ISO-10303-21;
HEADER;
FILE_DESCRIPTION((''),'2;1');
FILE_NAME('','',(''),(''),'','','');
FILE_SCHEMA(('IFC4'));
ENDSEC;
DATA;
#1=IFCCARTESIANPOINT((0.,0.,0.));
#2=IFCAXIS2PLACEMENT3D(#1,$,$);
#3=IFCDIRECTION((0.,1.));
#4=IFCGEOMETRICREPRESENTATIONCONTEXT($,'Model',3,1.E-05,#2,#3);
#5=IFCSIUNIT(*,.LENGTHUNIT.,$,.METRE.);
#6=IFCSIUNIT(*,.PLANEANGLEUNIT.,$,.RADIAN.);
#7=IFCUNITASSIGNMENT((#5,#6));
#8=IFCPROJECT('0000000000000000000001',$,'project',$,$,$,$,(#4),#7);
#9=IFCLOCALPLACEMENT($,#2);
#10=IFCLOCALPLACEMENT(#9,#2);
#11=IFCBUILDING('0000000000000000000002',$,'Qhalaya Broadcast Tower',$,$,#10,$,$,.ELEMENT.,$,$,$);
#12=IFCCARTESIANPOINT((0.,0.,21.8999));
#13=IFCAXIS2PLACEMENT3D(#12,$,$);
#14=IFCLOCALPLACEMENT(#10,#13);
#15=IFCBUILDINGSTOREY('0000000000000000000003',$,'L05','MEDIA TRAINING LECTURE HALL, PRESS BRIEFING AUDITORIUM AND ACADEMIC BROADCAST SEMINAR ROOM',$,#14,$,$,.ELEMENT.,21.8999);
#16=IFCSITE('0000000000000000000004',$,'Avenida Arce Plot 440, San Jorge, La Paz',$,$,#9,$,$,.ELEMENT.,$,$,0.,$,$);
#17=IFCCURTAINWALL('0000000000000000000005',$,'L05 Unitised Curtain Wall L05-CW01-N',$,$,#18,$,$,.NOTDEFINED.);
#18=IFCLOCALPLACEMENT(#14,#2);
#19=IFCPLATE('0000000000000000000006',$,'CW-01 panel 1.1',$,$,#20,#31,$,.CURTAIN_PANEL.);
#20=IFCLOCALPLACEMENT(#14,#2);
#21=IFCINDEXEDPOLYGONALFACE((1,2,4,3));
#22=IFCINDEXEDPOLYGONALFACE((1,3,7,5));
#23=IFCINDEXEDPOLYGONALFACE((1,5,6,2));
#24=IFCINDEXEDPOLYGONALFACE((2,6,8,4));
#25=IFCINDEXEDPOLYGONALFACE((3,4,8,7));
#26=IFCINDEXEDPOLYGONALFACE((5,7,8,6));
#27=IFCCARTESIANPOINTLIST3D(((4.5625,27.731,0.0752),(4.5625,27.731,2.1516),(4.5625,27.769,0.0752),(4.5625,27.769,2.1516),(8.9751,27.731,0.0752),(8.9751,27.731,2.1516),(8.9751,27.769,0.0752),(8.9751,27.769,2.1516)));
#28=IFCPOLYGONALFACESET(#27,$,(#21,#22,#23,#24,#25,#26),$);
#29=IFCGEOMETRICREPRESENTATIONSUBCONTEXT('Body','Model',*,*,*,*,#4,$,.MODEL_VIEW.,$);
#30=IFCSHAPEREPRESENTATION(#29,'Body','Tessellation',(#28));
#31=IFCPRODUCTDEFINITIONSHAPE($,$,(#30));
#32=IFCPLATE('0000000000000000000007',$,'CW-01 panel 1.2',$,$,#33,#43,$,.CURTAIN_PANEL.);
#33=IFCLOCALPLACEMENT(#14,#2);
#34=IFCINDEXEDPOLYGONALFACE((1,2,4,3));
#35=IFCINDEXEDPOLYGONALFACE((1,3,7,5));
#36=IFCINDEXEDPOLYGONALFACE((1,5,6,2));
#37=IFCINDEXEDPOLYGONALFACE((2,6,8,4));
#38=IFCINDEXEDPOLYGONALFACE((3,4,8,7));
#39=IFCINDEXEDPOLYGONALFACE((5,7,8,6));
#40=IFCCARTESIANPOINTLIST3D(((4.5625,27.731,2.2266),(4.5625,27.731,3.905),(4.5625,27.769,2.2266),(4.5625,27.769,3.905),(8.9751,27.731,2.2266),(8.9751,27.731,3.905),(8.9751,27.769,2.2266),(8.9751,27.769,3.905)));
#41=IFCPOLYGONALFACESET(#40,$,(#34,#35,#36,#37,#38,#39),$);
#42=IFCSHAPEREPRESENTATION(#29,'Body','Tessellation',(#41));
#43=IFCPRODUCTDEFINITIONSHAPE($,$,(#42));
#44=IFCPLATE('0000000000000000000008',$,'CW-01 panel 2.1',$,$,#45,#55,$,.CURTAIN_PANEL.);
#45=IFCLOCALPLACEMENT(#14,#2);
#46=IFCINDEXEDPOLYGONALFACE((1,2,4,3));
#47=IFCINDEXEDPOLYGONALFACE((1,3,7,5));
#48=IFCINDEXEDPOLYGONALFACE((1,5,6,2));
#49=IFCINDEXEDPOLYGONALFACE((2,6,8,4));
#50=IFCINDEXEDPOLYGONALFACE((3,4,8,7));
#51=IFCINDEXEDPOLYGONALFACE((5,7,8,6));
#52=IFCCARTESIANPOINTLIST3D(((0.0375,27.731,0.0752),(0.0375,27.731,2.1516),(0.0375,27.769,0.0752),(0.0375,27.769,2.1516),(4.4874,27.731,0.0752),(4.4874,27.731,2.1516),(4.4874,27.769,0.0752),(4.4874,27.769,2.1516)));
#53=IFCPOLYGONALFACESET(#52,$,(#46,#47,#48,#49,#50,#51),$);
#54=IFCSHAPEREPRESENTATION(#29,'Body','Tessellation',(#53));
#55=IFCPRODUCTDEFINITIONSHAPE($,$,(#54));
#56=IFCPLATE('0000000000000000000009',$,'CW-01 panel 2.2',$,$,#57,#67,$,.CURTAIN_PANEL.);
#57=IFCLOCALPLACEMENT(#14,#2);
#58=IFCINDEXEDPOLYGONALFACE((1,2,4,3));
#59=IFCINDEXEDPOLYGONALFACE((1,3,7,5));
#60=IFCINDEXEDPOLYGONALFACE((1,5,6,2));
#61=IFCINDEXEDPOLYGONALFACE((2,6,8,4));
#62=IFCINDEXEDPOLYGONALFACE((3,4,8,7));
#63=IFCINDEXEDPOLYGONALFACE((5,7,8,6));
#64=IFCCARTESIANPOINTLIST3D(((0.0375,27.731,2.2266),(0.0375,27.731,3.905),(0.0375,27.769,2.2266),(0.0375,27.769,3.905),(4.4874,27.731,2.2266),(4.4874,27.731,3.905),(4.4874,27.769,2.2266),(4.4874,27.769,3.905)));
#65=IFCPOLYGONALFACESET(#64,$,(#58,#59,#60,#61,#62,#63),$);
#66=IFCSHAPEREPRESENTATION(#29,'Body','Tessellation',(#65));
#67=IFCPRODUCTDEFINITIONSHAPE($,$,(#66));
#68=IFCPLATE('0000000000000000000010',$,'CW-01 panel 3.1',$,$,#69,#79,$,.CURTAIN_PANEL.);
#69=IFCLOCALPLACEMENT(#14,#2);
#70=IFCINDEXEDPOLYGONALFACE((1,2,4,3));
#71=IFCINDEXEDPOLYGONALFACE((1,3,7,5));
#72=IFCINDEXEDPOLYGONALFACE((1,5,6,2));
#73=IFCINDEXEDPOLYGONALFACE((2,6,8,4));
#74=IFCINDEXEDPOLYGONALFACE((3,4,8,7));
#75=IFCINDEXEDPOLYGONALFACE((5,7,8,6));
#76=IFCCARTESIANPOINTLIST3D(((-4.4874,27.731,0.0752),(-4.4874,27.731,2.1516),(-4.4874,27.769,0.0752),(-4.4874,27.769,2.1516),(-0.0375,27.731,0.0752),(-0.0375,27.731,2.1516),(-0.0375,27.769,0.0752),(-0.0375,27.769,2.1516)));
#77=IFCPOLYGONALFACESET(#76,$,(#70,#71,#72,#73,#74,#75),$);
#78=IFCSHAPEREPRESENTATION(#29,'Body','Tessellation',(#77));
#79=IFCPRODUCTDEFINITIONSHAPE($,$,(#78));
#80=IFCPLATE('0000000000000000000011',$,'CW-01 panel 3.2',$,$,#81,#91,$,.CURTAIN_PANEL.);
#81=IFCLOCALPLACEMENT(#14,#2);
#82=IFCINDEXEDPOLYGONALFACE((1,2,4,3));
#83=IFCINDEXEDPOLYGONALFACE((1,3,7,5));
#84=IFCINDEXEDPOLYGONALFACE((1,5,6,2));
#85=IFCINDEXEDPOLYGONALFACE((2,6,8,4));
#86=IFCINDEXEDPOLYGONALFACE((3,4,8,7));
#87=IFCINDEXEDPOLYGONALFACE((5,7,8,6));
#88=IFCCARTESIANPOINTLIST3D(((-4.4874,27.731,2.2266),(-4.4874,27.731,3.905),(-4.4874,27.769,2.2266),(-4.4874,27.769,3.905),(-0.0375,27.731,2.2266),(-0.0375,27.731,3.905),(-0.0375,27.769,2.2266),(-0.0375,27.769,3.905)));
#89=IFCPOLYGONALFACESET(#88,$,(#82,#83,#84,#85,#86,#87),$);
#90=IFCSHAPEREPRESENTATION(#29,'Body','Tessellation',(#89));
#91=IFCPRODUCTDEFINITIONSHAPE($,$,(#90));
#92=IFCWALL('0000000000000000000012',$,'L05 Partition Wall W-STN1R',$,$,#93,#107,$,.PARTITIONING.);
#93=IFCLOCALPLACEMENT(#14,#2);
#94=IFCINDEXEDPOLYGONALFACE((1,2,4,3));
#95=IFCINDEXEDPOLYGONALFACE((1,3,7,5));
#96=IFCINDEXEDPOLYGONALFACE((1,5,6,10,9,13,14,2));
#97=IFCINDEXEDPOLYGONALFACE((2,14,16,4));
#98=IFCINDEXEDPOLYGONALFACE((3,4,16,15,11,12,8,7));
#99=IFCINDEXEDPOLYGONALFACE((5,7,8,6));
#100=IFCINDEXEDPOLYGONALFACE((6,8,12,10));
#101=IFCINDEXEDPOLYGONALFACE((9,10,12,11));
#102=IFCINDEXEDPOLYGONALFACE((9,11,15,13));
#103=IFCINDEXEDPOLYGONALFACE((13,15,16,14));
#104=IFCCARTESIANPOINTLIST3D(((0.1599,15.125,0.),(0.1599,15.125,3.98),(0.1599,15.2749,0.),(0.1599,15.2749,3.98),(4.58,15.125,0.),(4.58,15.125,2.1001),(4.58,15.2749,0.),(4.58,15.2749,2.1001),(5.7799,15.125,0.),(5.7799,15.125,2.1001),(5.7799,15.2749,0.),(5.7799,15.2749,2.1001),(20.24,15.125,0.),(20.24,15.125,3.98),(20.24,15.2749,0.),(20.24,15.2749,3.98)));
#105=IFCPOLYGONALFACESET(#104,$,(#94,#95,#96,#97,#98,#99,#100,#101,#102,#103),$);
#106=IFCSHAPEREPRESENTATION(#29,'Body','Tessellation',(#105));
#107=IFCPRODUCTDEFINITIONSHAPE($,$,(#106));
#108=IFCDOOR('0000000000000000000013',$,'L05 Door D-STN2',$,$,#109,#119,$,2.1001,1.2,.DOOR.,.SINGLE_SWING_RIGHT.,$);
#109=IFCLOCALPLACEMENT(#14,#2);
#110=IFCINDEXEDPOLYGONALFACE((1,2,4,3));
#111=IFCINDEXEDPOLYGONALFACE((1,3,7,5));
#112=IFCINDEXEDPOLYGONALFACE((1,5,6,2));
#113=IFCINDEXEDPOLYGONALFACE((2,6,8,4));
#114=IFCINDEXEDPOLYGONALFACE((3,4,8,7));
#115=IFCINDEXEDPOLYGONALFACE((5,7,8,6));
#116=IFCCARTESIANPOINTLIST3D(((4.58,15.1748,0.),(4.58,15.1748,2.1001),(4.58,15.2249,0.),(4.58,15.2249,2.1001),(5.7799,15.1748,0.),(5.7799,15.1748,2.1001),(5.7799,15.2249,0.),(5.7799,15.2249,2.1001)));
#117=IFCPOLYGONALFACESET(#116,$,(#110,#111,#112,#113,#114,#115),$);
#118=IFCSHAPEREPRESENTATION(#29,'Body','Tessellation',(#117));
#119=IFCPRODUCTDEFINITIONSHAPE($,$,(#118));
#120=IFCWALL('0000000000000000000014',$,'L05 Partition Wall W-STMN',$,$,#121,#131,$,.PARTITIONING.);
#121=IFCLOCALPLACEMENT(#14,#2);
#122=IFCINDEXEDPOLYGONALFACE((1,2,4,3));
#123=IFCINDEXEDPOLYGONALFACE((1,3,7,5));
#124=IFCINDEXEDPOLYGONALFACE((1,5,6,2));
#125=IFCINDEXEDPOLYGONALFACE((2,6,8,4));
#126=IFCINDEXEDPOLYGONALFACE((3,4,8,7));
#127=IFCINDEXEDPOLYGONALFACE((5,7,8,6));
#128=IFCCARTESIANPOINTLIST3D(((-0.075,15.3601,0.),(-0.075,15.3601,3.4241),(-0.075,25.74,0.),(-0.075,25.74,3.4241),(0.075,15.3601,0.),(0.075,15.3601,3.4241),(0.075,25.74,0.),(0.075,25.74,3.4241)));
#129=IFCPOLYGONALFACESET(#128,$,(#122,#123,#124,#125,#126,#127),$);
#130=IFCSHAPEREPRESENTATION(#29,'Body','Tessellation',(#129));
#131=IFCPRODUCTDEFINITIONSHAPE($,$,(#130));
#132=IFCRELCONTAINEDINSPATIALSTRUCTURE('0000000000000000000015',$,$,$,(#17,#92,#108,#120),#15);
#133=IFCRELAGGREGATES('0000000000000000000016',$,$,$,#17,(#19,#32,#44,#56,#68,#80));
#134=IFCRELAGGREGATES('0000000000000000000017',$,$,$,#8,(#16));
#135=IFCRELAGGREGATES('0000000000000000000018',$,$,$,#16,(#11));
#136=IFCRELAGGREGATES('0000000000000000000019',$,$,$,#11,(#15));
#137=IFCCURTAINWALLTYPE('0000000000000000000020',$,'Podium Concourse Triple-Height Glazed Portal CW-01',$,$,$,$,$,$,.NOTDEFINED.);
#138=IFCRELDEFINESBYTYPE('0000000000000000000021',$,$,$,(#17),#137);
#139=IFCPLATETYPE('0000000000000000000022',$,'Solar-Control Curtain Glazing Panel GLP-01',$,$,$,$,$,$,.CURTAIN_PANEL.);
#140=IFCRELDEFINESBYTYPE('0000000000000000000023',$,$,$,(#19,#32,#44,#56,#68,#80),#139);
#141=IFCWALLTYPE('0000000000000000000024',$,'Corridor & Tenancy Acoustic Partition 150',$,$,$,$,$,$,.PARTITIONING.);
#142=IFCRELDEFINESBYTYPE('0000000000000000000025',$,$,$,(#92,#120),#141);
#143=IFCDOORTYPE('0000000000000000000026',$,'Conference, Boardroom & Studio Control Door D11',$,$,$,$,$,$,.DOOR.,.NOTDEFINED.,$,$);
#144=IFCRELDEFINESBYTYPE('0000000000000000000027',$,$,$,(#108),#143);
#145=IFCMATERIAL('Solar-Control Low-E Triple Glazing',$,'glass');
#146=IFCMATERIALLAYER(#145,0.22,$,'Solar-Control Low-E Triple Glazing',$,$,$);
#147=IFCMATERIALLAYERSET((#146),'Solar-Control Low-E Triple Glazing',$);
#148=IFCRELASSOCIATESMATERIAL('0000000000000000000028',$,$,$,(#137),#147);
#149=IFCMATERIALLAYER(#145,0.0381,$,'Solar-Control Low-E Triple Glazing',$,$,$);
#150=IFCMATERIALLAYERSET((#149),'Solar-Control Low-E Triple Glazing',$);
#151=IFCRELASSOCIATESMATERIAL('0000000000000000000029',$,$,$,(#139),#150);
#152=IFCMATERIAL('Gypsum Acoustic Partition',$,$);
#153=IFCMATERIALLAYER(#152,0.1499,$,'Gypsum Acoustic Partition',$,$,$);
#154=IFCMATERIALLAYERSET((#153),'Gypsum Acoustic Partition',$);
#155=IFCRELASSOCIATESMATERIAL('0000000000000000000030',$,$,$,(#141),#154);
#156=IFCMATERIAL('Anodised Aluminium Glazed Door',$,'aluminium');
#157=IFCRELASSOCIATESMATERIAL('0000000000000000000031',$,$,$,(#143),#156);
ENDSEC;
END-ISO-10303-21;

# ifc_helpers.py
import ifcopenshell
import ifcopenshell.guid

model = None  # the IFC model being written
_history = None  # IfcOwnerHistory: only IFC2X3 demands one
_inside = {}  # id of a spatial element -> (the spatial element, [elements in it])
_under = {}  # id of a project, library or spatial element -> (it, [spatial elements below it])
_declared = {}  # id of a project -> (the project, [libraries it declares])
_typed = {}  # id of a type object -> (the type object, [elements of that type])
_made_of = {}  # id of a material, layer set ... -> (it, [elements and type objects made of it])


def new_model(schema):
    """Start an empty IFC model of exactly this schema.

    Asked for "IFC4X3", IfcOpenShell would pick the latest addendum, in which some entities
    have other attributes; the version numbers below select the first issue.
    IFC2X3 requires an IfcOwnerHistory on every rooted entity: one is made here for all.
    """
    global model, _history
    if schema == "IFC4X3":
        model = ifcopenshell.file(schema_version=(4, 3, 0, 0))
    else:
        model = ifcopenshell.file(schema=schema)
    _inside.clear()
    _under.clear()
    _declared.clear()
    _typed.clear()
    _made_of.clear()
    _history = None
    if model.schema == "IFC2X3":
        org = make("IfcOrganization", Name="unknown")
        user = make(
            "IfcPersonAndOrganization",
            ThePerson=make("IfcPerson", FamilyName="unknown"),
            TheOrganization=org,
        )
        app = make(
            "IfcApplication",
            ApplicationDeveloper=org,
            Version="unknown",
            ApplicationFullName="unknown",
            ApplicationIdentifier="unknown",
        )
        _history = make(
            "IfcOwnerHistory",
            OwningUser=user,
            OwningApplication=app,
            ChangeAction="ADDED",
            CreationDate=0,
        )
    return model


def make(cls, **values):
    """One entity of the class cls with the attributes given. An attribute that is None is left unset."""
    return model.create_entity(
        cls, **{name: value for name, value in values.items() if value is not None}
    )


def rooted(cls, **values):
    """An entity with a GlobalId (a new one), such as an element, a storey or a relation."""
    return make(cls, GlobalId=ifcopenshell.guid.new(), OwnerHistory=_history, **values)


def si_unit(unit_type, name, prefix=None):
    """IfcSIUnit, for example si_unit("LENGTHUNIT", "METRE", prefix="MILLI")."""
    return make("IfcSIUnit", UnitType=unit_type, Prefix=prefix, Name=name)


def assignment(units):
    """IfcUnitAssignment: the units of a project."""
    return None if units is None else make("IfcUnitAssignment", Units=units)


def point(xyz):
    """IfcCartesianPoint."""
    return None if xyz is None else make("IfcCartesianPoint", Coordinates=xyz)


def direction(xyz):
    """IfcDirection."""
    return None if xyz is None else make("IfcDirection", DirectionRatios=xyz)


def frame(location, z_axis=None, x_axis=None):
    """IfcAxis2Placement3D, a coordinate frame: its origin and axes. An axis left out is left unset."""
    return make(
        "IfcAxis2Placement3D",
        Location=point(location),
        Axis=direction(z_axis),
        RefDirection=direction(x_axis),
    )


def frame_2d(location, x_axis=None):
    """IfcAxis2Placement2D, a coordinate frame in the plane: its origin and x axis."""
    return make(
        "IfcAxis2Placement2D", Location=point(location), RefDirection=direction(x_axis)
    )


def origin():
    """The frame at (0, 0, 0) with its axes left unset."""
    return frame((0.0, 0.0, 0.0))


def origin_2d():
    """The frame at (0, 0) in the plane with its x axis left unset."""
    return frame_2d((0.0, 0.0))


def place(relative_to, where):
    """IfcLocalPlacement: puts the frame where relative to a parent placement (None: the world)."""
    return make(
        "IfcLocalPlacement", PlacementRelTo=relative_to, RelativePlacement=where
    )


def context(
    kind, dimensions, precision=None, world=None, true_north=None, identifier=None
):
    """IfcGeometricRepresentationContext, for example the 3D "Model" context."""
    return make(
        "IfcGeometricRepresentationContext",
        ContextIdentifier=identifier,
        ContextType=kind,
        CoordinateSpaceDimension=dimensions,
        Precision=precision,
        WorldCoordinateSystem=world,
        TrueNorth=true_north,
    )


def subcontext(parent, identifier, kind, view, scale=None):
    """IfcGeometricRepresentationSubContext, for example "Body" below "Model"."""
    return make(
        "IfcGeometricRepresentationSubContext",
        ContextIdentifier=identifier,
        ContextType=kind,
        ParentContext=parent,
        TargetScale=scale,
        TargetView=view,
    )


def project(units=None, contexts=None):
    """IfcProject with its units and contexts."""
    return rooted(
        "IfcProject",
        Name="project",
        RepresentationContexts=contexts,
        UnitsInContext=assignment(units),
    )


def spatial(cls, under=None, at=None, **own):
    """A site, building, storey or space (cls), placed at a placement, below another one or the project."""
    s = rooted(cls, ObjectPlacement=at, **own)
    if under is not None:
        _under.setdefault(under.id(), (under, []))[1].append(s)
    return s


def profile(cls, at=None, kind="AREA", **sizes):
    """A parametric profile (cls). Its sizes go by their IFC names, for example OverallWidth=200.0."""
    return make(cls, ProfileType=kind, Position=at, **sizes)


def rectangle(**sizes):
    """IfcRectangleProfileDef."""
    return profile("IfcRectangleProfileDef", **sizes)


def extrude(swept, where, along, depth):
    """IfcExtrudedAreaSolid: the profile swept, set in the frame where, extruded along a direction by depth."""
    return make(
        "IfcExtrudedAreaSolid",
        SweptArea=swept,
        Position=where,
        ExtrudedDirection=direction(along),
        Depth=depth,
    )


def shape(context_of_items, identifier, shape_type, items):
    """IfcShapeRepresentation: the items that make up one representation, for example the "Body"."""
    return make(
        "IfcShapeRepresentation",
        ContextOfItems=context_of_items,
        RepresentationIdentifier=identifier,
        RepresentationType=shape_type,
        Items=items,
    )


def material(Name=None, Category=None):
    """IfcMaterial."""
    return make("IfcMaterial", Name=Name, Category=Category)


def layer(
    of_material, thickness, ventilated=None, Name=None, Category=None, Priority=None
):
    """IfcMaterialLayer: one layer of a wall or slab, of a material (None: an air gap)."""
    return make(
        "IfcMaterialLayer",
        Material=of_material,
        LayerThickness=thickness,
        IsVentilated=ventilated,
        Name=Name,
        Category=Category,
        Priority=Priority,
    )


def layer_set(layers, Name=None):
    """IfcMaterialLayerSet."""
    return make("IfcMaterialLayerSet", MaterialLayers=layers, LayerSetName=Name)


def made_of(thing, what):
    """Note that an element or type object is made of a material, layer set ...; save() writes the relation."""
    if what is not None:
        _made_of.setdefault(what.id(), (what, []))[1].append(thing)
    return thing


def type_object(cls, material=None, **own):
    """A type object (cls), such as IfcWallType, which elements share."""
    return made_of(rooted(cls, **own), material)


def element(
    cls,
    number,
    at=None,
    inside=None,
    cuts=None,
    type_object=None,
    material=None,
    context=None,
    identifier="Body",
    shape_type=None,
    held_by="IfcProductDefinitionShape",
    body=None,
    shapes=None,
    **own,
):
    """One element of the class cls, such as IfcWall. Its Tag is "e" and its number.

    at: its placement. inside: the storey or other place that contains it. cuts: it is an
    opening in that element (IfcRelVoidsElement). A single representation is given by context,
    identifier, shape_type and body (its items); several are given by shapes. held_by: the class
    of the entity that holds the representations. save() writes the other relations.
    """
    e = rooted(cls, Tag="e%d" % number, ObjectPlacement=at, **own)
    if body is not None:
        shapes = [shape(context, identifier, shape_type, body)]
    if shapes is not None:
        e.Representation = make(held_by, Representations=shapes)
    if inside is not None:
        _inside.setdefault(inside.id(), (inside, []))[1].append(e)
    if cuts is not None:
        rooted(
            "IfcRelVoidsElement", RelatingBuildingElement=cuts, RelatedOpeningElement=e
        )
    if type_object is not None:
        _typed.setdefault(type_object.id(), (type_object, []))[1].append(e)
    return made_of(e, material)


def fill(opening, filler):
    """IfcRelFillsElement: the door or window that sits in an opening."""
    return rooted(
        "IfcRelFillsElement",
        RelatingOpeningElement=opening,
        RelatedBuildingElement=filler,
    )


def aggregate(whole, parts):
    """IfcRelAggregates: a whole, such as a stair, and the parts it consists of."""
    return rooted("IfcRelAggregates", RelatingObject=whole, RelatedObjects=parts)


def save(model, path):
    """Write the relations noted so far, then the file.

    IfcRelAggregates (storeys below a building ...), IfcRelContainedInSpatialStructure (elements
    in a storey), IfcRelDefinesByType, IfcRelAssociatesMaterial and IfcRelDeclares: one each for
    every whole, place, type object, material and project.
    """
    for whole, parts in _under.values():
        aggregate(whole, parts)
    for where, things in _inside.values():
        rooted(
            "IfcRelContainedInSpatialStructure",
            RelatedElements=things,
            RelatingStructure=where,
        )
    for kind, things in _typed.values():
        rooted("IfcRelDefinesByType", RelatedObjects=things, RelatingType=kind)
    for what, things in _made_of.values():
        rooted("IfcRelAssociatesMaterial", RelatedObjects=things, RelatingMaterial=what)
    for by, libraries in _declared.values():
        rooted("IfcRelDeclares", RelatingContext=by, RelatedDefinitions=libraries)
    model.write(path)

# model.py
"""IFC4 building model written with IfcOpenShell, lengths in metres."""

from ifc_helpers import new_model, si_unit, direction, frame, frame_2d, origin, origin_2d, place, context, subcontext, project, spatial, rectangle, extrude, material, layer, layer_set, type_object, element, fill, aggregate, save


model = new_model("IFC4")

# Units and contexts
model_context = context("Model", 3, precision=1e-05, world=origin(), true_north=direction((0.0, 1.0)))
body_context = subcontext(model_context, "Body", "Model", "MODEL_VIEW")
ifc_project = project(units=[si_unit("LENGTHUNIT", "METRE"), si_unit("PLANEANGLEUNIT", "RADIAN")], contexts=[model_context])

# Site, building, storey
site_placement = place(None, origin())
site = spatial("IfcSite", under=ifc_project, at=site_placement, Name="Avenida Arce Plot 440, San Jorge, La Paz", CompositionType="ELEMENT", RefElevation=0.0)
building_placement = place(site_placement, origin())
building = spatial("IfcBuilding", under=site, at=building_placement, Name="Qhalaya Broadcast Tower", CompositionType="ELEMENT")
storey_placement = place(building_placement, frame((0.0, 0.0, 21.8999)))
storey = spatial("IfcBuildingStorey", under=building, at=storey_placement, Name="L05", Description="MEDIA TRAINING LECTURE HALL, PRESS BRIEFING AUDITORIUM AND ACADEMIC BROADCAST SEMINAR ROOM", CompositionType="ELEMENT", Elevation=21.8999)

# Curtain wall, plates
ifc_material_1 = material(Name="Solar-Control Low-E Triple Glazing", Category="glass")
ifc_layer_1 = layer(ifc_material_1, 0.22, Name="Solar-Control Low-E Triple Glazing")
ifc_layer_set_1 = layer_set([ifc_layer_1], Name="Solar-Control Low-E Triple Glazing")
curtain_wall_type = type_object("IfcCurtainWallType", Name="Podium Concourse Triple-Height Glazed Portal CW-01", PredefinedType="NOTDEFINED", material=ifc_layer_set_1)
curtain_wall_placement = place(storey_placement, origin())
curtain_wall = element("IfcCurtainWall", 1, at=curtain_wall_placement, inside=storey, type_object=curtain_wall_type, Name="L05 Unitised Curtain Wall L05-CW01-N", PredefinedType="NOTDEFINED")
ifc_layer_2 = layer(ifc_material_1, 0.0381, Name="Solar-Control Low-E Triple Glazing")
ifc_layer_set_2 = layer_set([ifc_layer_2], Name="Solar-Control Low-E Triple Glazing")
plate_type = type_object("IfcPlateType", Name="Solar-Control Curtain Glazing Panel GLP-01", PredefinedType="CURTAIN_PANEL", material=ifc_layer_set_2)
plate_1_placement = place(storey_placement, frame((6.7688, 27.75, 0.0752), z_axis=(0.0, 0.0, 1.0), x_axis=(-1.0, 0.0, 0.0)))
plate_1 = element("IfcPlate", 2, at=plate_1_placement, type_object=plate_type, Name="CW-01 panel 1.1", PredefinedType="CURTAIN_PANEL", context=body_context, shape_type="SweptSolid", body=[
    extrude(rectangle(XDim=4.4126, YDim=0.0381, at=origin_2d()), origin(), (0.0, 0.0, 1.0), 2.0764),
])
plate_2_placement = place(storey_placement, frame((6.7688, 27.75, 2.2266), z_axis=(0.0, 0.0, 1.0), x_axis=(-1.0, 0.0, 0.0)))
plate_2 = element("IfcPlate", 3, at=plate_2_placement, type_object=plate_type, Name="CW-01 panel 1.2", PredefinedType="CURTAIN_PANEL", context=body_context, shape_type="SweptSolid", body=[
    extrude(rectangle(XDim=4.4126, YDim=0.0381, at=origin_2d()), origin(), (0.0, 0.0, 1.0), 1.6785),
])
plate_3_placement = place(storey_placement, frame((2.2625, 27.75, 0.0752), z_axis=(0.0, 0.0, 1.0), x_axis=(-1.0, 0.0, 0.0)))
plate_3 = element("IfcPlate", 4, at=plate_3_placement, type_object=plate_type, Name="CW-01 panel 2.1", PredefinedType="CURTAIN_PANEL", context=body_context, shape_type="SweptSolid", body=[
    extrude(rectangle(XDim=4.45, YDim=0.0381, at=origin_2d()), origin(), (0.0, 0.0, 1.0), 2.0764),
])
plate_4_placement = place(storey_placement, frame((2.2625, 27.75, 2.2266), z_axis=(0.0, 0.0, 1.0), x_axis=(-1.0, 0.0, 0.0)))
plate_4 = element("IfcPlate", 5, at=plate_4_placement, type_object=plate_type, Name="CW-01 panel 2.2", PredefinedType="CURTAIN_PANEL", context=body_context, shape_type="SweptSolid", body=[
    extrude(rectangle(XDim=4.45, YDim=0.0381, at=origin_2d()), origin(), (0.0, 0.0, 1.0), 1.6785),
])
plate_5_placement = place(storey_placement, frame((-2.2625, 27.75, 0.0752), z_axis=(0.0, 0.0, 1.0), x_axis=(-1.0, 0.0, 0.0)))
plate_5 = element("IfcPlate", 6, at=plate_5_placement, type_object=plate_type, Name="CW-01 panel 3.1", PredefinedType="CURTAIN_PANEL", context=body_context, shape_type="SweptSolid", body=[
    extrude(rectangle(XDim=4.45, YDim=0.0381, at=origin_2d()), origin(), (0.0, 0.0, 1.0), 2.0764),
])
plate_6_placement = place(storey_placement, frame((-2.2625, 27.75, 2.2266), z_axis=(0.0, 0.0, 1.0), x_axis=(-1.0, 0.0, 0.0)))
plate_6 = element("IfcPlate", 7, at=plate_6_placement, type_object=plate_type, Name="CW-01 panel 3.2", PredefinedType="CURTAIN_PANEL", context=body_context, shape_type="SweptSolid", body=[
    extrude(rectangle(XDim=4.45, YDim=0.0381, at=origin_2d()), origin(), (0.0, 0.0, 1.0), 1.6785),
])
aggregate(curtain_wall, [plate_1, plate_2, plate_3, plate_4, plate_5, plate_6])

# Wall, opening, door
ifc_material_2 = material(Name="Gypsum Acoustic Partition")
ifc_layer_3 = layer(ifc_material_2, 0.1499, Name="Gypsum Acoustic Partition")
ifc_layer_set_3 = layer_set([ifc_layer_3], Name="Gypsum Acoustic Partition")
wall_type = type_object("IfcWallType", Name="Corridor & Tenancy Acoustic Partition 150", PredefinedType="PARTITIONING", material=ifc_layer_set_3)
wall_1_placement = place(storey_placement, frame((0.1599, 15.2, 0.0), z_axis=(0.0, 0.0, 1.0), x_axis=(1.0, 0.0, 0.0)))
wall_1 = element("IfcWall", 8, at=wall_1_placement, inside=storey, type_object=wall_type, Name="L05 Partition Wall W-STN1R", PredefinedType="PARTITIONING", context=body_context, shape_type="SweptSolid", body=[
    extrude(rectangle(XDim=20.0801, YDim=0.1499, at=frame_2d((10.04, 0.0))), origin(), (0.0, 0.0, 1.0), 3.98),
])
opening_placement = place(wall_1_placement, frame((4.4199, 0.0, 0.0)))
opening = element("IfcOpeningElement", 9, at=opening_placement, cuts=wall_1, PredefinedType="OPENING", context=body_context, shape_type="SweptSolid", body=[
    extrude(rectangle(XDim=1.2, YDim=2.1001, at=frame_2d((0.6001, 1.05))), frame((0.0, 0.0869, 0.0), z_axis=(0.0, -1.0, 0.0), x_axis=(1.0, 0.0, 0.0)), (0.0, 0.0, 1.0), 0.1738),
])
ifc_material_3 = material(Name="Anodised Aluminium Glazed Door", Category="aluminium")
door_type = type_object("IfcDoorType", Name="Conference, Boardroom & Studio Control Door D11", OperationType="NOTDEFINED", PredefinedType="DOOR", material=ifc_material_3)
door_placement = place(opening_placement, origin())
door = element("IfcDoor", 10, at=door_placement, inside=storey, type_object=door_type, Name="L05 Door D-STN2", OperationType="SINGLE_SWING_RIGHT", OverallHeight=2.1001, OverallWidth=1.2, PredefinedType="DOOR", context=body_context, shape_type="SweptSolid", body=[
    extrude(rectangle(XDim=1.2, YDim=2.1001, at=frame_2d((0.6001, 1.05))), frame((0.0, 0.0249, 0.0), z_axis=(0.0, -1.0, 0.0), x_axis=(1.0, 0.0, 0.0)), (0.0, 0.0, 1.0), 0.05),
])
fill(opening, door)

# Wall
wall_2_placement = place(storey_placement, frame((0.0, 15.3601, 0.0), z_axis=(0.0, 0.0, 1.0), x_axis=(0.0, 1.0, 0.0)))
element("IfcWall", 11, at=wall_2_placement, inside=storey, type_object=wall_type, Name="L05 Partition Wall W-STMN", PredefinedType="PARTITIONING", context=body_context, shape_type="SweptSolid", body=[
    extrude(rectangle(XDim=10.3799, YDim=0.1499, at=frame_2d((5.1899, 0.0))), origin(), (0.0, 0.0, 1.0), 3.4241),
])

save(model, "model.ifc")
